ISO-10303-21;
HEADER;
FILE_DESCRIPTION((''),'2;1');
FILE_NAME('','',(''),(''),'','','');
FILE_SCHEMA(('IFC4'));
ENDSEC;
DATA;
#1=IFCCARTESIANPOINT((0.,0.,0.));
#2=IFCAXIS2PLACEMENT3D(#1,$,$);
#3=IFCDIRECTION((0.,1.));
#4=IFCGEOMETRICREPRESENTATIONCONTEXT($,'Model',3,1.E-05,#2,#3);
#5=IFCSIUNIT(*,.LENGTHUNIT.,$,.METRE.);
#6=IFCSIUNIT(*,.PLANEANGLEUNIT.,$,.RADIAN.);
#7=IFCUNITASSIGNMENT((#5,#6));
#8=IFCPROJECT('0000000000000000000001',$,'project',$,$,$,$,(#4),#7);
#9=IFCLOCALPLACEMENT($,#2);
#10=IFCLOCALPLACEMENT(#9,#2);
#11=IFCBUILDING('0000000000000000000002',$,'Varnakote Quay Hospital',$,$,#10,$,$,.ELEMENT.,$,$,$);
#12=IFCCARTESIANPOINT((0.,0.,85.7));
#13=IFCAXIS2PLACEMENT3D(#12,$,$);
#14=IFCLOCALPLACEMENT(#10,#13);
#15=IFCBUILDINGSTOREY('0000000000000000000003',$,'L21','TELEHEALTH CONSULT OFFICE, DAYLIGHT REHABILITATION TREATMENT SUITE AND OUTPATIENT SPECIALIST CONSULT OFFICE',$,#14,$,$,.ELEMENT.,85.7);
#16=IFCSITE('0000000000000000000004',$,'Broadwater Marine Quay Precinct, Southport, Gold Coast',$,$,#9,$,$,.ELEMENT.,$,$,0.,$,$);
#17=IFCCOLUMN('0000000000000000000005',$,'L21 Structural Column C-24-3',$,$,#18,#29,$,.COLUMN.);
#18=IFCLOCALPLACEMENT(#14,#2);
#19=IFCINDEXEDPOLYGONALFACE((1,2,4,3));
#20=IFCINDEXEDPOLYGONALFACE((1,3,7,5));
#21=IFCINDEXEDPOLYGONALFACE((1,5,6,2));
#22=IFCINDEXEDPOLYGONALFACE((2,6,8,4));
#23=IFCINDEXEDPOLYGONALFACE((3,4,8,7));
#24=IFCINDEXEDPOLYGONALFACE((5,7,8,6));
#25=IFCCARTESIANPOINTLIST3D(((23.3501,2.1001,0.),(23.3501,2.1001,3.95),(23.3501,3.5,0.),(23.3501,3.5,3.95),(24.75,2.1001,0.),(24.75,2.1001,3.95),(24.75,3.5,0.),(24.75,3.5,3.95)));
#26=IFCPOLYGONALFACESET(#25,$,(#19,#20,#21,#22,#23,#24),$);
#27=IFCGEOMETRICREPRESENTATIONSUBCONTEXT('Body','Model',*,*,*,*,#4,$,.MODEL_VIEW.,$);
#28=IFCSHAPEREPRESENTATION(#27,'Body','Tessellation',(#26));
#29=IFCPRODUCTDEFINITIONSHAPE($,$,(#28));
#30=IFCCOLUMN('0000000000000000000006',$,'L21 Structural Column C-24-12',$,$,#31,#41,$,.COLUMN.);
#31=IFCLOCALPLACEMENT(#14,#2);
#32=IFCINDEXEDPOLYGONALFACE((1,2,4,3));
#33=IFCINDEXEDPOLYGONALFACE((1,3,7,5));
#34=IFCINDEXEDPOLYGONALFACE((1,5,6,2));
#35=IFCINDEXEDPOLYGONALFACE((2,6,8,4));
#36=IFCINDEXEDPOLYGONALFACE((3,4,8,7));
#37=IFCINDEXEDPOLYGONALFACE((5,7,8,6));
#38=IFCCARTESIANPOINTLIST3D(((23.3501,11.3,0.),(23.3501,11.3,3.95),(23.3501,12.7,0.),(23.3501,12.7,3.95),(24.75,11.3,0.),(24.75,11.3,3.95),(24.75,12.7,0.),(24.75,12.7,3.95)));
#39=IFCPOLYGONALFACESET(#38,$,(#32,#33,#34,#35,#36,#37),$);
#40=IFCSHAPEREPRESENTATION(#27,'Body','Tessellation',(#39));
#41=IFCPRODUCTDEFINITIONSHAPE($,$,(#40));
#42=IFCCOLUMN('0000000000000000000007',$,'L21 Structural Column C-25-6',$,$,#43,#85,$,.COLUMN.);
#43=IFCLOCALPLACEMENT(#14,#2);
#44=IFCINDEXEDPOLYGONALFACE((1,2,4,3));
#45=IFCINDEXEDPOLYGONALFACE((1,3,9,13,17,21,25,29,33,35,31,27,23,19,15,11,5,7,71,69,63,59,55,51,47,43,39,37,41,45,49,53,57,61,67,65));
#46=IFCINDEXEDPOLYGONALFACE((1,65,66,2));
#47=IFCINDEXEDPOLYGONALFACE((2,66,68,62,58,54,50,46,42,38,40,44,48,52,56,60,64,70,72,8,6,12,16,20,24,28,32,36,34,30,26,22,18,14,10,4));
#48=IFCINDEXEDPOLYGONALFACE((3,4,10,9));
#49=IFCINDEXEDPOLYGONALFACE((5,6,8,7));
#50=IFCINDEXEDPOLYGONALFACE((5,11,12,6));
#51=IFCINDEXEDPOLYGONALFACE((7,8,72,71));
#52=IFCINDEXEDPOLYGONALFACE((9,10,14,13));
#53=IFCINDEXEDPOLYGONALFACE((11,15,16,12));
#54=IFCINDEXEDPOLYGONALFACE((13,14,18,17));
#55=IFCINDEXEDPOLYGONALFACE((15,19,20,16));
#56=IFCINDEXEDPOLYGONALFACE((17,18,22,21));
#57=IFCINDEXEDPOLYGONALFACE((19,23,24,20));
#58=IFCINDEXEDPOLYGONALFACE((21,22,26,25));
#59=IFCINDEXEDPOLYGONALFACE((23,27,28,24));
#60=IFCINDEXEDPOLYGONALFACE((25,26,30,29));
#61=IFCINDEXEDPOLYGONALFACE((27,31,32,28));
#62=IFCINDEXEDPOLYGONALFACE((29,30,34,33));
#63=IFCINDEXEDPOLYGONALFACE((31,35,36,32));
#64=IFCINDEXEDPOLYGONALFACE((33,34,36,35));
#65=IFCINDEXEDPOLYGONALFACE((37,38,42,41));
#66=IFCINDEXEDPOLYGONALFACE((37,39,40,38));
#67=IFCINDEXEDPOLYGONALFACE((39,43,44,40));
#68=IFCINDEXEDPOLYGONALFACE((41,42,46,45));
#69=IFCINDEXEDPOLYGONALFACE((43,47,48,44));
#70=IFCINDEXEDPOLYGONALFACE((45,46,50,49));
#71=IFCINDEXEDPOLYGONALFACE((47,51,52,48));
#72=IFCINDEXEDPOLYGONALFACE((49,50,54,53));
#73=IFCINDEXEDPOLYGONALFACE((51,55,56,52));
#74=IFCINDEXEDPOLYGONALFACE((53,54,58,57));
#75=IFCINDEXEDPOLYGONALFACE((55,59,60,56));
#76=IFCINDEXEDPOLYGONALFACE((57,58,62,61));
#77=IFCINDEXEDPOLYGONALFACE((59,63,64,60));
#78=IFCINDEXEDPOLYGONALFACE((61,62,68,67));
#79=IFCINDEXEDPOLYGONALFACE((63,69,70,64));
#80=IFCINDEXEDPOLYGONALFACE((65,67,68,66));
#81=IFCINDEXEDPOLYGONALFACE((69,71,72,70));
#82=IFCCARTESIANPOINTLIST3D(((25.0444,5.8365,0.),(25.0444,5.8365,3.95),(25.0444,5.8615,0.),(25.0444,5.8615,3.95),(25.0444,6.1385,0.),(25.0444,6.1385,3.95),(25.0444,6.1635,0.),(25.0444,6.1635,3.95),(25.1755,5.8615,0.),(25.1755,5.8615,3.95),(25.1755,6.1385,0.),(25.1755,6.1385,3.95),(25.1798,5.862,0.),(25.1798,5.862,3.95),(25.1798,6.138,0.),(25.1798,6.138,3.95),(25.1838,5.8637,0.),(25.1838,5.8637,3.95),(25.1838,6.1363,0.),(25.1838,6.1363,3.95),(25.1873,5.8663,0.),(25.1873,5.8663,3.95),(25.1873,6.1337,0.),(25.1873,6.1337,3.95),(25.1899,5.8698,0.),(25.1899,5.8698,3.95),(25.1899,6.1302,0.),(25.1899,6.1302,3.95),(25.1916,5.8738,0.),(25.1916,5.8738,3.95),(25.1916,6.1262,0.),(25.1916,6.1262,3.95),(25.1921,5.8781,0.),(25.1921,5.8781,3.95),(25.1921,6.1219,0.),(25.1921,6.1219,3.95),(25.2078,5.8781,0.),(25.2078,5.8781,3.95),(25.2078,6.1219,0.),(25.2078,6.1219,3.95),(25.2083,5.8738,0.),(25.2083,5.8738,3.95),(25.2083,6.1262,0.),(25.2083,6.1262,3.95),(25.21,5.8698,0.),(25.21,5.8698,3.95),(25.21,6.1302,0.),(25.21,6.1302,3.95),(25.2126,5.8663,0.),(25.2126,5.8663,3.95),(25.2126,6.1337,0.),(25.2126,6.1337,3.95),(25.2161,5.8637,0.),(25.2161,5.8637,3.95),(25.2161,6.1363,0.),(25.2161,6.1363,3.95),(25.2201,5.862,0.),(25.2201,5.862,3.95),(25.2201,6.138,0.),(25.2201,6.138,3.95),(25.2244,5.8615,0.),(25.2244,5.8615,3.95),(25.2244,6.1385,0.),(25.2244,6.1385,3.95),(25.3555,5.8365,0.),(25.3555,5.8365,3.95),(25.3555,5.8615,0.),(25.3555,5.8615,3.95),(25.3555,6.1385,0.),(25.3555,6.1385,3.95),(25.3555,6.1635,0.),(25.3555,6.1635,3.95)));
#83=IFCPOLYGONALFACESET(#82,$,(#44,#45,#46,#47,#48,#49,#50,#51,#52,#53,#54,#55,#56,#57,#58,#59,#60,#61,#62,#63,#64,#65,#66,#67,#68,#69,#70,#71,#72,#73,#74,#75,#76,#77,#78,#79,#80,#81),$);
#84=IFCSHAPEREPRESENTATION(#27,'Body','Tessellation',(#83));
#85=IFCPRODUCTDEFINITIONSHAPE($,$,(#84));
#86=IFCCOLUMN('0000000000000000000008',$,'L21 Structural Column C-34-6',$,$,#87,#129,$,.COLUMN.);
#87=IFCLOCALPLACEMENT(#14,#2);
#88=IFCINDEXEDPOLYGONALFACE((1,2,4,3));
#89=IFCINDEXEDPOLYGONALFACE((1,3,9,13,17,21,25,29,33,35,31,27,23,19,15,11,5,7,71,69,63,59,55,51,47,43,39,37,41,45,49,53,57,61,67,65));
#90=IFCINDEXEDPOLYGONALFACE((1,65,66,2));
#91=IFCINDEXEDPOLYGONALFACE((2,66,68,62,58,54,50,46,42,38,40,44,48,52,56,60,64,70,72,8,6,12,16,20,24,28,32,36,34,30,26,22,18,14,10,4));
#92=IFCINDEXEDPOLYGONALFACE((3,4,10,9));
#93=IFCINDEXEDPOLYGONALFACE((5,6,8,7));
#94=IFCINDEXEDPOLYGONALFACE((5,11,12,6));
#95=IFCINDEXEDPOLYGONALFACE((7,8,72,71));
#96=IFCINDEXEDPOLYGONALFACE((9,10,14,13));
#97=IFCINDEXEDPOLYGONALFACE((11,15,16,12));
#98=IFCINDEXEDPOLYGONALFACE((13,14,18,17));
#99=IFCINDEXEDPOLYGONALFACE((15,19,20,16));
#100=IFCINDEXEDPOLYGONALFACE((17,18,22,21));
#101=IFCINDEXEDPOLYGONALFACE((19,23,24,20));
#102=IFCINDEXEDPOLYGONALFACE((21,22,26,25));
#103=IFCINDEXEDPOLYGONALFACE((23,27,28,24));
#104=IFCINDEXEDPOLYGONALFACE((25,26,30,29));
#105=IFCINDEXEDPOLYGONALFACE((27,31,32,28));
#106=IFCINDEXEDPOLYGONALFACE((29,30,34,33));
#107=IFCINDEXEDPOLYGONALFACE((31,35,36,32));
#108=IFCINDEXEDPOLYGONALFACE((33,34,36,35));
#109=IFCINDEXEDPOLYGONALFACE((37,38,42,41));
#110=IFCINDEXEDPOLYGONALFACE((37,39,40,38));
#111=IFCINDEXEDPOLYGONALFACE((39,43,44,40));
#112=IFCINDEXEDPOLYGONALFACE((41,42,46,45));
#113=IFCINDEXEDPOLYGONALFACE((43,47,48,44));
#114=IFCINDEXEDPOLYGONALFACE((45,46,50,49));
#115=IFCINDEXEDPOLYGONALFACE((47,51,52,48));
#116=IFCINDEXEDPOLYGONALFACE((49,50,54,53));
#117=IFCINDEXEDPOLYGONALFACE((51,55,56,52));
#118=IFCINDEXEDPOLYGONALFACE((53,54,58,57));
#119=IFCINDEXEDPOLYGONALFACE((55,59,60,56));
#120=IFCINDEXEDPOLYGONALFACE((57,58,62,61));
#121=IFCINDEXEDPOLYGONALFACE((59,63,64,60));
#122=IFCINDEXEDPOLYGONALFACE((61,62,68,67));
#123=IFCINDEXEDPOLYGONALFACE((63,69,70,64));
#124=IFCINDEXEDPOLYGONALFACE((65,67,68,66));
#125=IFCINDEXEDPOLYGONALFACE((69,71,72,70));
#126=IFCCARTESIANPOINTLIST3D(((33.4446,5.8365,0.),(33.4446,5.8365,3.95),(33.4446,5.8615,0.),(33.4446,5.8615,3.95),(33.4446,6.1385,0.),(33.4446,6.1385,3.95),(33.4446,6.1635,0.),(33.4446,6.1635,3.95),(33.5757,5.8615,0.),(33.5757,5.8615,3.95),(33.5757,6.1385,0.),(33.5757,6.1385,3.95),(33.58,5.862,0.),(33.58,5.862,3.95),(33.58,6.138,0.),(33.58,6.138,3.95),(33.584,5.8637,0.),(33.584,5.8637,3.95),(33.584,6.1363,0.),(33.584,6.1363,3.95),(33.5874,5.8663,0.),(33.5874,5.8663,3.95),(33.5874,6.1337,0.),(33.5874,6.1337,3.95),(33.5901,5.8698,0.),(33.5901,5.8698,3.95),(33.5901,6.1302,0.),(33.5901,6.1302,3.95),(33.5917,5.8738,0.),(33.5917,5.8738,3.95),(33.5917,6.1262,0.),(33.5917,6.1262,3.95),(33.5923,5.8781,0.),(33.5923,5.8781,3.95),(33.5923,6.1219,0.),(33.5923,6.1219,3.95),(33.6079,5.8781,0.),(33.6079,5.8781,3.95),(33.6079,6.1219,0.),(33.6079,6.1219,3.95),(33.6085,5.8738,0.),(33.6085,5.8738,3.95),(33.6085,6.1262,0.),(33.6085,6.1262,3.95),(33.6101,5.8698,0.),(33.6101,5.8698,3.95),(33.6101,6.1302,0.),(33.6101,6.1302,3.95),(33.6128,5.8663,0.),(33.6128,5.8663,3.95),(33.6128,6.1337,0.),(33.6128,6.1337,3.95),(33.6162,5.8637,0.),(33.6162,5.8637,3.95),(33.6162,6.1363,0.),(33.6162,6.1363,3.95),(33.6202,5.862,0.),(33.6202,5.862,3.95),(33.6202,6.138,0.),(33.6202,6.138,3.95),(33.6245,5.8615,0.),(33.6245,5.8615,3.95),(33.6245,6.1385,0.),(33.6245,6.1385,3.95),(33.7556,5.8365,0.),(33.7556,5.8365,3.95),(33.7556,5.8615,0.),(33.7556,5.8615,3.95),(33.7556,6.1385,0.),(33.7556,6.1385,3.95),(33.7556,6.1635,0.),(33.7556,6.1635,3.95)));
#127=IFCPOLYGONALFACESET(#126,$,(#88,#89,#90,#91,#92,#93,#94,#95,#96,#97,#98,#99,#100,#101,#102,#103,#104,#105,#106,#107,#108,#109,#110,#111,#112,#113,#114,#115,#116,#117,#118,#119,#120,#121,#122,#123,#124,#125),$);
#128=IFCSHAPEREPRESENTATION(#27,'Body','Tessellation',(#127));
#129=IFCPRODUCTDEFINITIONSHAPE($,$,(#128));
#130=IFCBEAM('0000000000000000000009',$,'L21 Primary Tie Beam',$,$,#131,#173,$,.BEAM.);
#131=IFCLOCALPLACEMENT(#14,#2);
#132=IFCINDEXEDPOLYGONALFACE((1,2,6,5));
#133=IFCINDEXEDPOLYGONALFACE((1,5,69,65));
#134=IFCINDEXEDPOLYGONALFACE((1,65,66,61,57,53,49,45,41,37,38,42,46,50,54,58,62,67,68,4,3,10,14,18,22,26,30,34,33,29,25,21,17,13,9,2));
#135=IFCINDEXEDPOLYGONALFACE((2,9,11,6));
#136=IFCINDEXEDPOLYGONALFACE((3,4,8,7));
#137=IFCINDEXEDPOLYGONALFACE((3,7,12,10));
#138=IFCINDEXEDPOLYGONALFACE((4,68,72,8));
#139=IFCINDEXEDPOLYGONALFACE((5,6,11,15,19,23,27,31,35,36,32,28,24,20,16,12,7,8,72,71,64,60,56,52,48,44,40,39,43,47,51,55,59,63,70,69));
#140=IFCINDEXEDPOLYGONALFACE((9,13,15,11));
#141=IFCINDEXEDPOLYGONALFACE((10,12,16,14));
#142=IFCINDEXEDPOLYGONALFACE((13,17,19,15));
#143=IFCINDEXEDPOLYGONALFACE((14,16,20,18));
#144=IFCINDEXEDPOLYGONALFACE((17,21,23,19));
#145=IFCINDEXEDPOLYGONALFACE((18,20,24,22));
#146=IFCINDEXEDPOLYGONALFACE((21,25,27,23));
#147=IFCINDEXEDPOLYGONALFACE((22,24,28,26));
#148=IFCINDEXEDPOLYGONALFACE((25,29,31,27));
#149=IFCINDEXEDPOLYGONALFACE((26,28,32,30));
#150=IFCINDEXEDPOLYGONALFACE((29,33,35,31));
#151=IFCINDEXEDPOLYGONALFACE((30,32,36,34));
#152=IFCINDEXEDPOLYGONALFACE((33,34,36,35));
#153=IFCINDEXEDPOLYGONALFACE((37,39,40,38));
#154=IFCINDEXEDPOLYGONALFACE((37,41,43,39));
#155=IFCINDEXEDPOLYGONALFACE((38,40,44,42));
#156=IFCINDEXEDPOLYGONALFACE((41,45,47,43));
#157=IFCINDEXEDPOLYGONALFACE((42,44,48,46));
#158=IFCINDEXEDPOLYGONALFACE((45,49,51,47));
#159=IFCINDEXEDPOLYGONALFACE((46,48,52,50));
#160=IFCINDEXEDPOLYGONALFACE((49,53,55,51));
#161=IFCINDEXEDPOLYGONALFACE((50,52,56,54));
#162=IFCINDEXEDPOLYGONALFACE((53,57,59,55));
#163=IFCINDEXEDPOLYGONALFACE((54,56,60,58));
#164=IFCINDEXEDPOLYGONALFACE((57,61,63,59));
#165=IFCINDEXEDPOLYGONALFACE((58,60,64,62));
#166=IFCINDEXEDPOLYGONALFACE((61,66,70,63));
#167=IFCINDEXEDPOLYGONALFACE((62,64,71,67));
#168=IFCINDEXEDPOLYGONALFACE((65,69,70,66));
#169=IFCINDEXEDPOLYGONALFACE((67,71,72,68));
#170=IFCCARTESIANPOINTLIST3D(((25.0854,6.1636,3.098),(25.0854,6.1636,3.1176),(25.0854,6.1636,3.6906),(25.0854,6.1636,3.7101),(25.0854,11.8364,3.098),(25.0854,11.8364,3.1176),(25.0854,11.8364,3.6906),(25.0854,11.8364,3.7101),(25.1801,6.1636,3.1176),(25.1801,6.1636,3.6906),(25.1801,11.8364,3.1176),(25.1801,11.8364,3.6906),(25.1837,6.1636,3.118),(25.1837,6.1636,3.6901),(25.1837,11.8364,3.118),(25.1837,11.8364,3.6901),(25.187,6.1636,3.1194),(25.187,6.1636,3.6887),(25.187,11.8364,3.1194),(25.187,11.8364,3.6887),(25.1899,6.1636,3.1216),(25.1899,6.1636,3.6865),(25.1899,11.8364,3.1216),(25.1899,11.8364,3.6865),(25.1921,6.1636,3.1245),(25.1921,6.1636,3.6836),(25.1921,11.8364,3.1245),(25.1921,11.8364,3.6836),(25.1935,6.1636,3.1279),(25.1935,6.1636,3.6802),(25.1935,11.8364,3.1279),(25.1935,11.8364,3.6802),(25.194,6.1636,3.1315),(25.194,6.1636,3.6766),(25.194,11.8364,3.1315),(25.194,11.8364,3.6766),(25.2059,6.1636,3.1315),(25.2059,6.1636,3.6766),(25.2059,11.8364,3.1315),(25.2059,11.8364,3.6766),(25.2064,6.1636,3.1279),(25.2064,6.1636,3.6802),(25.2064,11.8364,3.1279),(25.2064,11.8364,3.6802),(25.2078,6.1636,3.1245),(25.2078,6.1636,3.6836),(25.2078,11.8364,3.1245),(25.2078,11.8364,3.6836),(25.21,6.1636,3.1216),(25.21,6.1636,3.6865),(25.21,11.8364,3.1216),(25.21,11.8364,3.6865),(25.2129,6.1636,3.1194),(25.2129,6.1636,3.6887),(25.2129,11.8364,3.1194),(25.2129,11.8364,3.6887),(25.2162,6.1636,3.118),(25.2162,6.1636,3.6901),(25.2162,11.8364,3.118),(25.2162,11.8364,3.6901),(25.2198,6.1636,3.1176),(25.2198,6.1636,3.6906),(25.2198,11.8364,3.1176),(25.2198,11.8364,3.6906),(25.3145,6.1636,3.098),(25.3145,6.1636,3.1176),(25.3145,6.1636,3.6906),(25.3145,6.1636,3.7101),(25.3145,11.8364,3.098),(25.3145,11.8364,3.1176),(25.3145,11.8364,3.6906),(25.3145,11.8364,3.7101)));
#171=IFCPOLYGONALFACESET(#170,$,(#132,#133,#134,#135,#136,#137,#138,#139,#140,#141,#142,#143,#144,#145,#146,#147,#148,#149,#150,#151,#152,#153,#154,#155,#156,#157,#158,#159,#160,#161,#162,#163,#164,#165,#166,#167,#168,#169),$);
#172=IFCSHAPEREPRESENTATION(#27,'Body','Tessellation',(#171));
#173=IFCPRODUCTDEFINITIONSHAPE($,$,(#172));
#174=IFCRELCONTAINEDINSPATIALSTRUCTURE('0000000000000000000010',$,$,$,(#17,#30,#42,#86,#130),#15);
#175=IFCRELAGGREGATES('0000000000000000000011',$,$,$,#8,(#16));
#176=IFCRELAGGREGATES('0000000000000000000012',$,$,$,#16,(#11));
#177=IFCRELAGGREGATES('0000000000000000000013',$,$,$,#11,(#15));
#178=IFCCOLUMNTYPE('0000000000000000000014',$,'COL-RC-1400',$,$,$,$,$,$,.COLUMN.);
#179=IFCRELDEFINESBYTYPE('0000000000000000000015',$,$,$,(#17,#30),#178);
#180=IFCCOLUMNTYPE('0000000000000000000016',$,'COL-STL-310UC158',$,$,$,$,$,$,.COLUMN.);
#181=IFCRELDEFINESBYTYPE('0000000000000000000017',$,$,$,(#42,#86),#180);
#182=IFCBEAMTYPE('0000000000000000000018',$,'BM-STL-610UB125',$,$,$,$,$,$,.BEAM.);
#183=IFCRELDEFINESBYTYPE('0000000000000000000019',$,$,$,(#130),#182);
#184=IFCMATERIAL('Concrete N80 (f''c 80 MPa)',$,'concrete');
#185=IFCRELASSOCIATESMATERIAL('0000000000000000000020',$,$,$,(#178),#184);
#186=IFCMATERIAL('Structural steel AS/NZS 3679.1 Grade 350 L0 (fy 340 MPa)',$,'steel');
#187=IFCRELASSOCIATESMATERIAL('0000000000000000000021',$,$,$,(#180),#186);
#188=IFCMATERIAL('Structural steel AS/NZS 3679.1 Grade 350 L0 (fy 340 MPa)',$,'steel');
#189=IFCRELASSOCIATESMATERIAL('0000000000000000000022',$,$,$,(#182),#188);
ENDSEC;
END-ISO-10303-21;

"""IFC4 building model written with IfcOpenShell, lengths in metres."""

from ifc_helpers import new_model, si_unit, direction, frame, origin, origin_2d, place, context, subcontext, project, spatial, rectangle, i_section, extrude, material, material_profile, profile_set, type_object, element, save


model = new_model("IFC4")

# Units and contexts
model_context = context("Model", 3, precision=1e-05, world=origin(), true_north=direction((0.0, 1.0)))
body_context = subcontext(model_context, "Body", "Model", "MODEL_VIEW")
ifc_project = project(units=[si_unit("LENGTHUNIT", "METRE"), si_unit("PLANEANGLEUNIT", "RADIAN")], contexts=[model_context])

# Site, building, storey
site_placement = place(None, origin())
site = spatial("IfcSite", under=ifc_project, at=site_placement, Name="Broadwater Marine Quay Precinct, Southport, Gold Coast", CompositionType="ELEMENT", RefElevation=0.0)
building_placement = place(site_placement, origin())
building = spatial("IfcBuilding", under=site, at=building_placement, Name="Varnakote Quay Hospital", CompositionType="ELEMENT")
storey_placement = place(building_placement, frame((0.0, 0.0, 85.7)))
storey = spatial("IfcBuildingStorey", under=building, at=storey_placement, Name="L21", Description="TELEHEALTH CONSULT OFFICE, DAYLIGHT REHABILITATION TREATMENT SUITE AND OUTPATIENT SPECIALIST CONSULT OFFICE", CompositionType="ELEMENT", Elevation=85.7)

# Columns
ifc_material_1 = material(Name="Concrete N80 (f'c 80 MPa)", Category="concrete")
ifc_material_profile_1 = material_profile(ifc_material_1, rectangle(XDim=1.3999, YDim=1.3999, at=origin_2d()), Name="RC-COL-1400x1400")
ifc_profile_set_1 = profile_set([ifc_material_profile_1], Name="Concrete N80 (f'c 80 MPa)")
column_type_1 = type_object("IfcColumnType", Name="COL-RC-1400", PredefinedType="COLUMN", material=ifc_profile_set_1)
for number, where, z_axis, x_axis, name in (
    (1, (24.05, 2.8, 0.0), (0.0, 0.0, 1.0), (1.0, 0.0, 0.0), "L21 Structural Column C-24-3"),
    (2, (24.05, 12.0, 0.0), (0.0, 0.0, 1.0), (1.0, 0.0, 0.0), "L21 Structural Column C-24-12"),
):
    element("IfcColumn", number, at=place(storey_placement, frame(where, z_axis=z_axis, x_axis=x_axis)), inside=storey, type_object=column_type_1, Name=name, PredefinedType="COLUMN", context=body_context, shape_type="SweptSolid", body=[
        extrude(rectangle(XDim=1.3999, YDim=1.3999, at=origin_2d()), origin(), (0.0, 0.0, 1.0), 3.95),
    ])
ifc_material_2 = material(Name="Structural steel AS/NZS 3679.1 Grade 350 L0 (fy 340 MPa)", Category="steel")
ifc_material_profile_2 = material_profile(ifc_material_2, i_section(OverallWidth=0.311, OverallDepth=0.3269, WebThickness=0.0156, FlangeThickness=0.0249, FilletRadius=0.0166, at=origin_2d()), Name="310UC158")
ifc_profile_set_2 = profile_set([ifc_material_profile_2], Name="Structural steel AS/NZS 3679.1 Grade 350 L0 (fy 340 MPa)")
column_type_2 = type_object("IfcColumnType", Name="COL-STL-310UC158", PredefinedType="COLUMN", material=ifc_profile_set_2)
for number, where, z_axis, x_axis, name in (
    (3, (25.2, 6.0, 0.0), (0.0, 0.0, 1.0), (1.0, 0.0, 0.0), "L21 Structural Column C-25-6"),
    (4, (33.6001, 6.0, 0.0), (0.0, 0.0, 1.0), (1.0, 0.0, 0.0), "L21 Structural Column C-34-6"),
):
    element("IfcColumn", number, at=place(storey_placement, frame(where, z_axis=z_axis, x_axis=x_axis)), inside=storey, type_object=column_type_2, Name=name, PredefinedType="COLUMN", context=body_context, shape_type="SweptSolid", body=[
        extrude(i_section(OverallWidth=0.311, OverallDepth=0.3269, WebThickness=0.0156, FlangeThickness=0.0249, FilletRadius=0.0166, at=origin_2d()), origin(), (0.0, 0.0, 1.0), 3.95),
    ])

# Beam
ifc_material_3 = material(Name="Structural steel AS/NZS 3679.1 Grade 350 L0 (fy 340 MPa)", Category="steel")
ifc_material_profile_3 = material_profile(ifc_material_3, i_section(OverallWidth=0.229, OverallDepth=0.6121, WebThickness=0.012, FlangeThickness=0.0195, FilletRadius=0.0139, at=origin_2d()), Name="610UB125")
ifc_profile_set_3 = profile_set([ifc_material_profile_3], Name="Structural steel AS/NZS 3679.1 Grade 350 L0 (fy 340 MPa)")
beam_type_1 = type_object("IfcBeamType", Name="BM-STL-610UB125", PredefinedType="BEAM", material=ifc_profile_set_3)
for number, where, z_axis, x_axis, name in (
    (5, (25.2, 6.1636, 3.4041), (0.0, 1.0, 0.0), (-1.0, 0.0, 0.0), "L21 Primary Tie Beam"),
):
    element("IfcBeam", number, at=place(storey_placement, frame(where, z_axis=z_axis, x_axis=x_axis)), inside=storey, type_object=beam_type_1, Name=name, PredefinedType="BEAM", context=body_context, shape_type="SweptSolid", body=[
        extrude(i_section(OverallWidth=0.229, OverallDepth=0.6121, WebThickness=0.012, FlangeThickness=0.0195, FilletRadius=0.0139, at=origin_2d()), origin(), (0.0, 0.0, 1.0), 5.6729),
    ])

save(model, "model.ifc")
